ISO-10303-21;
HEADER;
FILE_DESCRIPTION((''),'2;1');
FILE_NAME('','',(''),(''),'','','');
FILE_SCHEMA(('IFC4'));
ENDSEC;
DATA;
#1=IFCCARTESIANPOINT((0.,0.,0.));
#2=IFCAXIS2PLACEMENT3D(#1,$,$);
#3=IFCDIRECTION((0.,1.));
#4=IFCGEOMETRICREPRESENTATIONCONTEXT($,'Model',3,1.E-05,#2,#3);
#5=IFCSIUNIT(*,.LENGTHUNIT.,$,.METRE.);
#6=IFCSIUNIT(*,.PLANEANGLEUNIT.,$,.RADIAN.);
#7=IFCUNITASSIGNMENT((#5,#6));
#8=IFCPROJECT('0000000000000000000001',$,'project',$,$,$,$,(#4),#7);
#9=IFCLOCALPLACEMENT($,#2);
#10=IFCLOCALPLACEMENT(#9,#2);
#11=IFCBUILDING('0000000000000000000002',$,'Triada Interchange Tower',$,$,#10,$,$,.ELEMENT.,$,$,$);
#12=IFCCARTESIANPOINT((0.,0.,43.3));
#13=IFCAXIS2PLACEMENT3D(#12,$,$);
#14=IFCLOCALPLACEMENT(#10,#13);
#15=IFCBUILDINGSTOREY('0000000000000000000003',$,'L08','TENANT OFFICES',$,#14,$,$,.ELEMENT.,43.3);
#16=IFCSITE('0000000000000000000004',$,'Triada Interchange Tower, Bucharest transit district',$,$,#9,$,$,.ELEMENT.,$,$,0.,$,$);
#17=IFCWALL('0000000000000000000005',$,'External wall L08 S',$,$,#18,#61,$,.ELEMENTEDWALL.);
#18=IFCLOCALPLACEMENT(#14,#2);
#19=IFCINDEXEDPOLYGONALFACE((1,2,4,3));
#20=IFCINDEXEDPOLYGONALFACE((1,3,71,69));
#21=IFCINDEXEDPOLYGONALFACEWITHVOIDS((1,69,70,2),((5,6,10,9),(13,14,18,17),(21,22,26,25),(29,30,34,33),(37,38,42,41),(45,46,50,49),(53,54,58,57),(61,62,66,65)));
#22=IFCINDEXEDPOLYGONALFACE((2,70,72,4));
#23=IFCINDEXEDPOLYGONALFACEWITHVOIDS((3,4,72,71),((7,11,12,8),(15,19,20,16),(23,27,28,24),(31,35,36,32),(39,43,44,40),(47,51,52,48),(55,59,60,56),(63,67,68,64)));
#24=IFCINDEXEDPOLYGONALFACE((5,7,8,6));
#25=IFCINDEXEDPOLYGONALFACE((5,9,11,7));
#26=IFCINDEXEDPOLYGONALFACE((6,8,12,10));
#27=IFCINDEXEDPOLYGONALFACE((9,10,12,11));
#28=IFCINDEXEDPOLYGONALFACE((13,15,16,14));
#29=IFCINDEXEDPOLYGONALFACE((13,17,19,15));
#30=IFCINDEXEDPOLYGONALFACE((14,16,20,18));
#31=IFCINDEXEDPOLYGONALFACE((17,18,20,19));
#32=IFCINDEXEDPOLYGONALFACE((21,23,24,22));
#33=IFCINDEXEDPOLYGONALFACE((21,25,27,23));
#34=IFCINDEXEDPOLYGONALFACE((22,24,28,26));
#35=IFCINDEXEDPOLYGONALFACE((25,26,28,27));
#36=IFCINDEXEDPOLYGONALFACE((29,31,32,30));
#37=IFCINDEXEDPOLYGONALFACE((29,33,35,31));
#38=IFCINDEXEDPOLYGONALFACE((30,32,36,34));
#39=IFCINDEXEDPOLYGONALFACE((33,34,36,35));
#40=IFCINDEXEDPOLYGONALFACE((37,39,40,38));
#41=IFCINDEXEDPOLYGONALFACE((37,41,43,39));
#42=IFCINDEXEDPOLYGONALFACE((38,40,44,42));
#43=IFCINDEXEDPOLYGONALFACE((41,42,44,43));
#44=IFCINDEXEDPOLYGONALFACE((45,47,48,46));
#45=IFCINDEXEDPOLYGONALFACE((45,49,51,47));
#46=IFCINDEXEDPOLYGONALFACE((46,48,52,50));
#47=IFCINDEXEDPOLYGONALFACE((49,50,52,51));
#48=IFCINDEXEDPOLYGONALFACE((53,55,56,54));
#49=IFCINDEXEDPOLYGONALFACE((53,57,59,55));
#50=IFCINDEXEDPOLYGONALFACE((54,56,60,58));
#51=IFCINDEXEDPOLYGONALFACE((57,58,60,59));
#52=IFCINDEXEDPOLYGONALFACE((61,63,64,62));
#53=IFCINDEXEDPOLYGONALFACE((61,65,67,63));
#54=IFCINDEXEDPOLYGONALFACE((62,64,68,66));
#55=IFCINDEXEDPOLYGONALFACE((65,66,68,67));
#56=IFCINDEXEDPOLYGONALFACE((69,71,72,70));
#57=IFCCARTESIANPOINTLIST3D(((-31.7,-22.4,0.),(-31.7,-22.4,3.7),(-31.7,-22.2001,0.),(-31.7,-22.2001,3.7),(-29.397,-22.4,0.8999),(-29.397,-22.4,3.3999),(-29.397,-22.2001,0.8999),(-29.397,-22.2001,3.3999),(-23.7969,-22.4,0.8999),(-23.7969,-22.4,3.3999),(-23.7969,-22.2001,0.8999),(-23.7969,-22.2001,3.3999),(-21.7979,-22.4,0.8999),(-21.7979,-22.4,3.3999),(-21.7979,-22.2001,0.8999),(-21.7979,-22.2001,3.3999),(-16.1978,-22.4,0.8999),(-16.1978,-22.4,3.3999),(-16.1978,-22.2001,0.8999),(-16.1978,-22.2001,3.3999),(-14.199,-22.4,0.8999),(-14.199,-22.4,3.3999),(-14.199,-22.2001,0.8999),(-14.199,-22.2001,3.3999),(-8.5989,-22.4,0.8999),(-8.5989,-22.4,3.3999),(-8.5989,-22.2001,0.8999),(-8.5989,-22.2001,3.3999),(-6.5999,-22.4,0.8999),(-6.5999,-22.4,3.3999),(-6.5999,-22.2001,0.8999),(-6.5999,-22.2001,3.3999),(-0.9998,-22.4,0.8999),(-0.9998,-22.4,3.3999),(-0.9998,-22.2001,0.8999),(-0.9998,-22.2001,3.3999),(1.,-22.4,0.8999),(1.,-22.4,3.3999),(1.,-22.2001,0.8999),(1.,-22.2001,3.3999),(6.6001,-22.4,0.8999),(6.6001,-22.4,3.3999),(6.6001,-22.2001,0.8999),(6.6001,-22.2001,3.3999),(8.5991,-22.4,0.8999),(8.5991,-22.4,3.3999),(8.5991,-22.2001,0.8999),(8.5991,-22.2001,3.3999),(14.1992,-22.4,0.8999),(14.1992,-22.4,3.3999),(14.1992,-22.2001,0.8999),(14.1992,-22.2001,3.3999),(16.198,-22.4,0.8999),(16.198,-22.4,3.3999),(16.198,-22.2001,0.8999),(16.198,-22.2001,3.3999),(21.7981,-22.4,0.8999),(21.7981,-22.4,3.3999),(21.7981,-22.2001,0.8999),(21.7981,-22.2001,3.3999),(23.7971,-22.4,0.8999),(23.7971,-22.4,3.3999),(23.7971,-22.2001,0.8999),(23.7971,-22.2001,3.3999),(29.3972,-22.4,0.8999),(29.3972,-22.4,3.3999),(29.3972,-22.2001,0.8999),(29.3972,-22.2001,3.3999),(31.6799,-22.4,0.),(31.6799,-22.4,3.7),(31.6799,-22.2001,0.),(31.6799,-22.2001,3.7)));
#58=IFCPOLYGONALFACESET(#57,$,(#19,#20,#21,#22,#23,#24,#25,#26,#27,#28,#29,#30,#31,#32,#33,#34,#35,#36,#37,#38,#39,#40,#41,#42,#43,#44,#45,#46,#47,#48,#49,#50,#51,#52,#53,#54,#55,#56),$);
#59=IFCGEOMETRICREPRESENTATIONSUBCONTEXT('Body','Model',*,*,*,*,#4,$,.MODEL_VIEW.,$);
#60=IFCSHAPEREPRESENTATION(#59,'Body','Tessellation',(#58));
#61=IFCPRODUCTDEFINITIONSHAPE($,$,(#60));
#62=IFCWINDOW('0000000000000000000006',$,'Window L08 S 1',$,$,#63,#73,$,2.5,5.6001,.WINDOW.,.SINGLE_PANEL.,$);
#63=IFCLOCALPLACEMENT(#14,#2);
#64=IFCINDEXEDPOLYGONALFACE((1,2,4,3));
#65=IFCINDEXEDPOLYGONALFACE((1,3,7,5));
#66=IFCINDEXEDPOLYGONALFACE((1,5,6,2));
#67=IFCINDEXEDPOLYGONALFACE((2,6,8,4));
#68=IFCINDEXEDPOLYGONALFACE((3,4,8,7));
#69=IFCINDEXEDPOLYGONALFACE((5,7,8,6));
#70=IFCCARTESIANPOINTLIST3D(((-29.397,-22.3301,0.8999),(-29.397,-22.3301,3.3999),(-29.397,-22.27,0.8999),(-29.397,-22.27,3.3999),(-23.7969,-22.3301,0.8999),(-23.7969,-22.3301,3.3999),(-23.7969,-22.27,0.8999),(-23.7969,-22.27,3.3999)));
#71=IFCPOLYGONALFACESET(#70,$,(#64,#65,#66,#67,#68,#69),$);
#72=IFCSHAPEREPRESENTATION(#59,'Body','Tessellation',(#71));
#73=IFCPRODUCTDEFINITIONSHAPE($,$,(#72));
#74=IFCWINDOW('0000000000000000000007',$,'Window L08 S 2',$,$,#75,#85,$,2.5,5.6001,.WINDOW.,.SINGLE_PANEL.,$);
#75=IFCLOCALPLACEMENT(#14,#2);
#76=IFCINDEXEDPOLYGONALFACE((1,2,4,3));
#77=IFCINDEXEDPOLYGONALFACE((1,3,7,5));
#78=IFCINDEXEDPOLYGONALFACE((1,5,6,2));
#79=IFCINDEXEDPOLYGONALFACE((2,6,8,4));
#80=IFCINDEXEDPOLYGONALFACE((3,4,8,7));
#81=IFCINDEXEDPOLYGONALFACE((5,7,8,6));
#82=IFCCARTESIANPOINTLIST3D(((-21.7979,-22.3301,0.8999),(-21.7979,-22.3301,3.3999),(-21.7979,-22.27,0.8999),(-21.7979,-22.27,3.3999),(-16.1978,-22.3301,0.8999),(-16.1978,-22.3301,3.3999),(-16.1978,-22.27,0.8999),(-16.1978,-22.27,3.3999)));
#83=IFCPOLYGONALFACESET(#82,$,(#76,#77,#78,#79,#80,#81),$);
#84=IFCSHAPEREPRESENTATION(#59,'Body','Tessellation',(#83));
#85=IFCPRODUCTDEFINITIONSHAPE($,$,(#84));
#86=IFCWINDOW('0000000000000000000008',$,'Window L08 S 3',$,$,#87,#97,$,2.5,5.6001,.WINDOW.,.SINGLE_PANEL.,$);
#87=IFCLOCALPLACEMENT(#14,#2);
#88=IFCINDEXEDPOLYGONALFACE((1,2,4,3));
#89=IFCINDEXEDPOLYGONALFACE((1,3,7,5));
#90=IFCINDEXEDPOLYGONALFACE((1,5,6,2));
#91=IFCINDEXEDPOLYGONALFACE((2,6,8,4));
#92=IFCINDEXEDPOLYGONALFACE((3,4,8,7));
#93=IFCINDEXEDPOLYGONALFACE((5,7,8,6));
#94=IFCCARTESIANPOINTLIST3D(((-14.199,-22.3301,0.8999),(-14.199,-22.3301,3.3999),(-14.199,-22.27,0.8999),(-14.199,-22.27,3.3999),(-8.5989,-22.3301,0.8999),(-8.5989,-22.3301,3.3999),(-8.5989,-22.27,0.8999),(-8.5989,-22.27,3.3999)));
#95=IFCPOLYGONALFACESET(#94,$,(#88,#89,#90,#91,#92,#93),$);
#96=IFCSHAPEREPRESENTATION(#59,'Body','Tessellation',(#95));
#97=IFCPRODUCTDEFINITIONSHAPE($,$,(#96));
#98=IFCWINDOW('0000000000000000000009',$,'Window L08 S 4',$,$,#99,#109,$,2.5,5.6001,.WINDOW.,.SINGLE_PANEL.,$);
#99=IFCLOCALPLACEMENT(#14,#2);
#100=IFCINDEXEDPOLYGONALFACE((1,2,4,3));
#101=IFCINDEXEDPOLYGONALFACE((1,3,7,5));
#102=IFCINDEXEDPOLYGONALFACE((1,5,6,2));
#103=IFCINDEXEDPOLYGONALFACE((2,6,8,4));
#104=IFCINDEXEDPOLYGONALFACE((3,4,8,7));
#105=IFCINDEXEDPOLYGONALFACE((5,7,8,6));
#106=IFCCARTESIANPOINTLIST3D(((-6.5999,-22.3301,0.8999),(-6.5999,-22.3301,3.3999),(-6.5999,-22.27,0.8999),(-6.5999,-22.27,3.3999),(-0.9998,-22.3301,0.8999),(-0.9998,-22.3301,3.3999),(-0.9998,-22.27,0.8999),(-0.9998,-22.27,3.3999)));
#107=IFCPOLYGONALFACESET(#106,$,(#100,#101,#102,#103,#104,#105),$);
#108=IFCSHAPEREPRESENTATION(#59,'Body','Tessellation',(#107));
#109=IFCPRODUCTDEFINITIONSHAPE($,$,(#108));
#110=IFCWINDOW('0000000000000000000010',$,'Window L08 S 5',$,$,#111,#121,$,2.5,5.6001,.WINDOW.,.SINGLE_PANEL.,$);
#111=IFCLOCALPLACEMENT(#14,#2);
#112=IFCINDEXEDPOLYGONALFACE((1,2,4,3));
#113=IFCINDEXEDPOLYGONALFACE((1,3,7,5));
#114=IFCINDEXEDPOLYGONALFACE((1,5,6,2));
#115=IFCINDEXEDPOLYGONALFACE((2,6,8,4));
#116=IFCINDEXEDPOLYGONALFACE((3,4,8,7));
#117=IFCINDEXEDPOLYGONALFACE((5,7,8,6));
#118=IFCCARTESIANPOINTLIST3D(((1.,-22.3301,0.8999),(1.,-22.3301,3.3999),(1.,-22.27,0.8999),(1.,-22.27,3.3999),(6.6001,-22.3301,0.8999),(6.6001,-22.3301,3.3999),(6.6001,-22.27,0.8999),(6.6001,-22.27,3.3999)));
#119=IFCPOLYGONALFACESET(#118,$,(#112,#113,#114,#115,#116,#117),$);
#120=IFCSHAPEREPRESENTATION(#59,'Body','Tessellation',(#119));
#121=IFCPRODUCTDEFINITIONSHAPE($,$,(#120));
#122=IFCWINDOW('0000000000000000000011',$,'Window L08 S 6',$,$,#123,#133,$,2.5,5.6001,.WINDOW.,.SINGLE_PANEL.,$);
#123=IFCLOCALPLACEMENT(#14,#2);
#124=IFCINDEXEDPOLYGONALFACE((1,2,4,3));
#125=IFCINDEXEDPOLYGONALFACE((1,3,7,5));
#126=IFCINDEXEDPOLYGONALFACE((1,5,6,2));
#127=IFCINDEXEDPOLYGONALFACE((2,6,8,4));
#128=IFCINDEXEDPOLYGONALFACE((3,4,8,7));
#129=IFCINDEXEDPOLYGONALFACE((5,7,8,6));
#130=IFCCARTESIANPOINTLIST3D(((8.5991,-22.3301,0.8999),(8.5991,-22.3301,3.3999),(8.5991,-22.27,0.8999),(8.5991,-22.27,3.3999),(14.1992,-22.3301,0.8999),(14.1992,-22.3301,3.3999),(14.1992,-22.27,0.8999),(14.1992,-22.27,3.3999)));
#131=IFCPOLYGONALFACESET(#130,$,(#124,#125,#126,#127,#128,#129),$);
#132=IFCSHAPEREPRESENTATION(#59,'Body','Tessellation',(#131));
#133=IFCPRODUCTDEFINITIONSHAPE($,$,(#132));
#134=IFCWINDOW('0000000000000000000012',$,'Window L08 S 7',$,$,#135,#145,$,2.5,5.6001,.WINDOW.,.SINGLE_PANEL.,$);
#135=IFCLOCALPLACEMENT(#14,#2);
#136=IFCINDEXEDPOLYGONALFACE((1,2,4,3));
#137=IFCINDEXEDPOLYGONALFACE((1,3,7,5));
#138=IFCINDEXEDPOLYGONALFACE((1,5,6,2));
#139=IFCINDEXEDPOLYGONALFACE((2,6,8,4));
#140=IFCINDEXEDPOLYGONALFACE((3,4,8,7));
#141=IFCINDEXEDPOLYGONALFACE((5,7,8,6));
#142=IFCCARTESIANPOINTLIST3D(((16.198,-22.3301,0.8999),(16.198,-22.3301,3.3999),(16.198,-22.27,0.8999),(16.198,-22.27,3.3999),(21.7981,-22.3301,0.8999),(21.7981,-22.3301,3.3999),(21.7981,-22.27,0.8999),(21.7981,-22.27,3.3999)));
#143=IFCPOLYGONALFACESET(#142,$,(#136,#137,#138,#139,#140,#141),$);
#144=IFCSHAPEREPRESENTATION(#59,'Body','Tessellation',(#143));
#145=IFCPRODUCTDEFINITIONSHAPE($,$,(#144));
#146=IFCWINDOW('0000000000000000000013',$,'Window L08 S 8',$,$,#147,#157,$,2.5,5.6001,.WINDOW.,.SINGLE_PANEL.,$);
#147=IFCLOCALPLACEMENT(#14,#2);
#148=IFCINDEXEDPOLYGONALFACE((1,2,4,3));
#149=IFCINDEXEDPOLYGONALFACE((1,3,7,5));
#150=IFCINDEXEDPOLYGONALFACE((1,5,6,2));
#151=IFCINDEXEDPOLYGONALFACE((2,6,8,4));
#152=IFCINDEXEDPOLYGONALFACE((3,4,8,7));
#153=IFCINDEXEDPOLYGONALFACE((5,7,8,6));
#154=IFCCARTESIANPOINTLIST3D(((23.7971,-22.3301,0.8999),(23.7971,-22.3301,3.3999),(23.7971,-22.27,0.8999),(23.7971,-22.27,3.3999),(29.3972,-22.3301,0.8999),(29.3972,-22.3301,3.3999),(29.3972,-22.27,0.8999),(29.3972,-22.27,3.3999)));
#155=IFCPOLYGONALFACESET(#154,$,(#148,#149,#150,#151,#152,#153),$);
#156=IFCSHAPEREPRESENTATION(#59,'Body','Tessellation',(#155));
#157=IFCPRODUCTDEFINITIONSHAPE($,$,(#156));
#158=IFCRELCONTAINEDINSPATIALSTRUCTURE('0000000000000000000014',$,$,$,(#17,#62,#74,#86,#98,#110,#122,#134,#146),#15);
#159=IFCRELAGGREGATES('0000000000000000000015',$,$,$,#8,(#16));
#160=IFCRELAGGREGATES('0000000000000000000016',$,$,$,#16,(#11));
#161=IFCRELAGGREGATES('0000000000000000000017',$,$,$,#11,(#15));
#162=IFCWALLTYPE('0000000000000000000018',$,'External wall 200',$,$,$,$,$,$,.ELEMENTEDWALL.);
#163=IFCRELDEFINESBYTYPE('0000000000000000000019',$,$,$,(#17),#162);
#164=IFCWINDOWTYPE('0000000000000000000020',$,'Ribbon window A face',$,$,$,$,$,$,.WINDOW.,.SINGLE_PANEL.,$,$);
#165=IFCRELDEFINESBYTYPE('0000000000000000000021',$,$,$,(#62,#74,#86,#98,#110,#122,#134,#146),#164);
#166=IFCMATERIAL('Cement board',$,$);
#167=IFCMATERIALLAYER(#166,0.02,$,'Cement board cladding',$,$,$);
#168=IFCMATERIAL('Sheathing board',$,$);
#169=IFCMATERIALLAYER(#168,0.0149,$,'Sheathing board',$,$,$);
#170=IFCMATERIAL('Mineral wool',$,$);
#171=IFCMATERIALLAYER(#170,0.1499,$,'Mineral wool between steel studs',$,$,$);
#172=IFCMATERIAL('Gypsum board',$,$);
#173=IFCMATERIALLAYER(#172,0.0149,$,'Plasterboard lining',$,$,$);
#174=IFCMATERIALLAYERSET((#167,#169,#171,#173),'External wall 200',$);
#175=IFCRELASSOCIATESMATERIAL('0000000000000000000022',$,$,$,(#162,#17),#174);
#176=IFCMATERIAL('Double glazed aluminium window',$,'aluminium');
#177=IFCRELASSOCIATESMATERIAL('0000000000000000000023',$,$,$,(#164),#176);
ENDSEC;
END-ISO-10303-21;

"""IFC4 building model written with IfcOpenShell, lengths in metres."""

from ifc_helpers import new_model, si_unit, direction, frame, frame_2d, origin, place, context, subcontext, project, spatial, rectangle, extrude, material, layer, layer_set, layer_usage, type_object, element, fill, save


model = new_model("IFC4")

# Units and contexts
model_context = context("Model", 3, precision=1e-05, world=origin(), true_north=direction((0.0, 1.0)))
body_context = subcontext(model_context, "Body", "Model", "MODEL_VIEW")
ifc_project = project(units=[si_unit("LENGTHUNIT", "METRE"), si_unit("PLANEANGLEUNIT", "RADIAN")], contexts=[model_context])

# Site, building, storey
site_placement = place(None, origin())
site = spatial("IfcSite", under=ifc_project, at=site_placement, Name="Triada Interchange Tower, Bucharest transit district", CompositionType="ELEMENT", RefElevation=0.0)
building_placement = place(site_placement, origin())
building = spatial("IfcBuilding", under=site, at=building_placement, Name="Triada Interchange Tower", CompositionType="ELEMENT")
storey_placement = place(building_placement, frame((0.0, 0.0, 43.3)))
storey = spatial("IfcBuildingStorey", under=building, at=storey_placement, Name="L08", Description="TENANT OFFICES", CompositionType="ELEMENT", Elevation=43.3)

# Shared definitions
ifc_material_1 = material(Name="Cement board")
ifc_layer_1 = layer(ifc_material_1, 0.02, Name="Cement board cladding")
ifc_material_2 = material(Name="Sheathing board")
ifc_layer_2 = layer(ifc_material_2, 0.0149, Name="Sheathing board")
ifc_material_3 = material(Name="Mineral wool")
ifc_layer_3 = layer(ifc_material_3, 0.1499, Name="Mineral wool between steel studs")
ifc_material_4 = material(Name="Gypsum board")
ifc_layer_4 = layer(ifc_material_4, 0.0149, Name="Plasterboard lining")
ifc_layer_set_1 = layer_set([ifc_layer_1, ifc_layer_2, ifc_layer_3, ifc_layer_4], Name="External wall 200")
ifc_layer_usage = layer_usage(ifc_layer_set_1, "AXIS2", "POSITIVE", -0.1001)
wall_type_1 = type_object("IfcWallType", Name="External wall 200", PredefinedType="ELEMENTEDWALL", material=ifc_layer_set_1)
ifc_material_5 = material(Name="Double glazed aluminium window", Category="aluminium")

# Wall, openings, windows
wall_1_placement = place(storey_placement, frame((-31.7, -22.3, 0.0), z_axis=(0.0, 0.0, 1.0), x_axis=(1.0, 0.0, 0.0)))
wall_1 = element("IfcWall", 1, at=wall_1_placement, inside=storey, type_object=wall_type_1, material=ifc_layer_usage, Name="External wall L08 S", PredefinedType="ELEMENTEDWALL", context=body_context, shape_type="SweptSolid", body=[
    extrude(rectangle(XDim=63.3799, YDim=0.2, at=frame_2d((31.6899, 0.0))), origin(), (0.0, 0.0, 1.0), 3.7),
])
opening_1_placement = place(wall_1_placement, frame((2.303, 0.0, 0.8999)))
opening_1 = element("IfcOpeningElement", 2, at=opening_1_placement, cuts=wall_1, PredefinedType="OPENING", context=body_context, shape_type="SweptSolid", body=[
    extrude(rectangle(XDim=5.6001, YDim=2.5, at=frame_2d((2.8, 1.25))), frame((0.0, 0.1099, 0.0), z_axis=(0.0, -1.0, 0.0), x_axis=(1.0, 0.0, 0.0)), (0.0, 0.0, 1.0), 0.22),
])
opening_2_placement = place(wall_1_placement, frame((9.9021, 0.0, 0.8999)))
opening_2 = element("IfcOpeningElement", 3, at=opening_2_placement, cuts=wall_1, PredefinedType="OPENING", context=body_context, shape_type="SweptSolid", body=[
    extrude(rectangle(XDim=5.6001, YDim=2.5, at=frame_2d((2.8, 1.25))), frame((0.0, 0.1099, 0.0), z_axis=(0.0, -1.0, 0.0), x_axis=(1.0, 0.0, 0.0)), (0.0, 0.0, 1.0), 0.22),
])
opening_3_placement = place(wall_1_placement, frame((17.501, 0.0, 0.8999)))
opening_3 = element("IfcOpeningElement", 4, at=opening_3_placement, cuts=wall_1, PredefinedType="OPENING", context=body_context, shape_type="SweptSolid", body=[
    extrude(rectangle(XDim=5.6001, YDim=2.5, at=frame_2d((2.8, 1.25))), frame((0.0, 0.1099, 0.0), z_axis=(0.0, -1.0, 0.0), x_axis=(1.0, 0.0, 0.0)), (0.0, 0.0, 1.0), 0.22),
])
opening_4_placement = place(wall_1_placement, frame((25.1001, 0.0, 0.8999)))
opening_4 = element("IfcOpeningElement", 5, at=opening_4_placement, cuts=wall_1, PredefinedType="OPENING", context=body_context, shape_type="SweptSolid", body=[
    extrude(rectangle(XDim=5.6001, YDim=2.5, at=frame_2d((2.8, 1.25))), frame((0.0, 0.1099, 0.0), z_axis=(0.0, -1.0, 0.0), x_axis=(1.0, 0.0, 0.0)), (0.0, 0.0, 1.0), 0.22),
])
opening_5_placement = place(wall_1_placement, frame((32.7, 0.0, 0.8999)))
opening_5 = element("IfcOpeningElement", 6, at=opening_5_placement, cuts=wall_1, PredefinedType="OPENING", context=body_context, shape_type="SweptSolid", body=[
    extrude(rectangle(XDim=5.6001, YDim=2.5, at=frame_2d((2.8, 1.25))), frame((0.0, 0.1099, 0.0), z_axis=(0.0, -1.0, 0.0), x_axis=(1.0, 0.0, 0.0)), (0.0, 0.0, 1.0), 0.22),
])
opening_6_placement = place(wall_1_placement, frame((40.2991, 0.0, 0.8999)))
opening_6 = element("IfcOpeningElement", 7, at=opening_6_placement, cuts=wall_1, PredefinedType="OPENING", context=body_context, shape_type="SweptSolid", body=[
    extrude(rectangle(XDim=5.6001, YDim=2.5, at=frame_2d((2.8, 1.25))), frame((0.0, 0.1099, 0.0), z_axis=(0.0, -1.0, 0.0), x_axis=(1.0, 0.0, 0.0)), (0.0, 0.0, 1.0), 0.22),
])
opening_7_placement = place(wall_1_placement, frame((47.8979, 0.0, 0.8999)))
opening_7 = element("IfcOpeningElement", 8, at=opening_7_placement, cuts=wall_1, PredefinedType="OPENING", context=body_context, shape_type="SweptSolid", body=[
    extrude(rectangle(XDim=5.6001, YDim=2.5, at=frame_2d((2.8, 1.25))), frame((0.0, 0.1099, 0.0), z_axis=(0.0, -1.0, 0.0), x_axis=(1.0, 0.0, 0.0)), (0.0, 0.0, 1.0), 0.22),
])
opening_8_placement = place(wall_1_placement, frame((55.4971, 0.0, 0.8999)))
opening_8 = element("IfcOpeningElement", 9, at=opening_8_placement, cuts=wall_1, PredefinedType="OPENING", context=body_context, shape_type="SweptSolid", body=[
    extrude(rectangle(XDim=5.6001, YDim=2.5, at=frame_2d((2.8, 1.25))), frame((0.0, 0.1099, 0.0), z_axis=(0.0, -1.0, 0.0), x_axis=(1.0, 0.0, 0.0)), (0.0, 0.0, 1.0), 0.22),
])
window_type_1 = type_object("IfcWindowType", Name="Ribbon window A face", PartitioningType="SINGLE_PANEL", PredefinedType="WINDOW", material=ifc_material_5)
window_1_placement = place(opening_1_placement, origin())
window_1 = element("IfcWindow", 10, at=window_1_placement, inside=storey, type_object=window_type_1, Name="Window L08 S 1", OverallHeight=2.5, OverallWidth=5.6001, PartitioningType="SINGLE_PANEL", PredefinedType="WINDOW", context=body_context, shape_type="SweptSolid", body=[
    extrude(rectangle(XDim=5.6001, YDim=2.5, at=frame_2d((2.8, 1.25))), frame((0.0, 0.03, 0.0), z_axis=(0.0, -1.0, 0.0), x_axis=(1.0, 0.0, 0.0)), (0.0, 0.0, 1.0), 0.0601),
])
fill(opening_1, window_1)
window_2_placement = place(opening_2_placement, origin())
window_2 = element("IfcWindow", 11, at=window_2_placement, inside=storey, type_object=window_type_1, Name="Window L08 S 2", OverallHeight=2.5, OverallWidth=5.6001, PartitioningType="SINGLE_PANEL", PredefinedType="WINDOW", context=body_context, shape_type="SweptSolid", body=[
    extrude(rectangle(XDim=5.6001, YDim=2.5, at=frame_2d((2.8, 1.25))), frame((0.0, 0.03, 0.0), z_axis=(0.0, -1.0, 0.0), x_axis=(1.0, 0.0, 0.0)), (0.0, 0.0, 1.0), 0.0601),
])
fill(opening_2, window_2)
window_3_placement = place(opening_3_placement, origin())
window_3 = element("IfcWindow", 12, at=window_3_placement, inside=storey, type_object=window_type_1, Name="Window L08 S 3", OverallHeight=2.5, OverallWidth=5.6001, PartitioningType="SINGLE_PANEL", PredefinedType="WINDOW", context=body_context, shape_type="SweptSolid", body=[
    extrude(rectangle(XDim=5.6001, YDim=2.5, at=frame_2d((2.8, 1.25))), frame((0.0, 0.03, 0.0), z_axis=(0.0, -1.0, 0.0), x_axis=(1.0, 0.0, 0.0)), (0.0, 0.0, 1.0), 0.0601),
])
fill(opening_3, window_3)
window_4_placement = place(opening_4_placement, origin())
window_4 = element("IfcWindow", 13, at=window_4_placement, inside=storey, type_object=window_type_1, Name="Window L08 S 4", OverallHeight=2.5, OverallWidth=5.6001, PartitioningType="SINGLE_PANEL", PredefinedType="WINDOW", context=body_context, shape_type="SweptSolid", body=[
    extrude(rectangle(XDim=5.6001, YDim=2.5, at=frame_2d((2.8, 1.25))), frame((0.0, 0.03, 0.0), z_axis=(0.0, -1.0, 0.0), x_axis=(1.0, 0.0, 0.0)), (0.0, 0.0, 1.0), 0.0601),
])
fill(opening_4, window_4)
window_5_placement = place(opening_5_placement, origin())
window_5 = element("IfcWindow", 14, at=window_5_placement, inside=storey, type_object=window_type_1, Name="Window L08 S 5", OverallHeight=2.5, OverallWidth=5.6001, PartitioningType="SINGLE_PANEL", PredefinedType="WINDOW", context=body_context, shape_type="SweptSolid", body=[
    extrude(rectangle(XDim=5.6001, YDim=2.5, at=frame_2d((2.8, 1.25))), frame((0.0, 0.03, 0.0), z_axis=(0.0, -1.0, 0.0), x_axis=(1.0, 0.0, 0.0)), (0.0, 0.0, 1.0), 0.0601),
])
fill(opening_5, window_5)
window_6_placement = place(opening_6_placement, origin())
window_6 = element("IfcWindow", 15, at=window_6_placement, inside=storey, type_object=window_type_1, Name="Window L08 S 6", OverallHeight=2.5, OverallWidth=5.6001, PartitioningType="SINGLE_PANEL", PredefinedType="WINDOW", context=body_context, shape_type="SweptSolid", body=[
    extrude(rectangle(XDim=5.6001, YDim=2.5, at=frame_2d((2.8, 1.25))), frame((0.0, 0.03, 0.0), z_axis=(0.0, -1.0, 0.0), x_axis=(1.0, 0.0, 0.0)), (0.0, 0.0, 1.0), 0.0601),
])
fill(opening_6, window_6)
window_7_placement = place(opening_7_placement, origin())
window_7 = element("IfcWindow", 16, at=window_7_placement, inside=storey, type_object=window_type_1, Name="Window L08 S 7", OverallHeight=2.5, OverallWidth=5.6001, PartitioningType="SINGLE_PANEL", PredefinedType="WINDOW", context=body_context, shape_type="SweptSolid", body=[
    extrude(rectangle(XDim=5.6001, YDim=2.5, at=frame_2d((2.8, 1.25))), frame((0.0, 0.03, 0.0), z_axis=(0.0, -1.0, 0.0), x_axis=(1.0, 0.0, 0.0)), (0.0, 0.0, 1.0), 0.0601),
])
fill(opening_7, window_7)
window_8_placement = place(opening_8_placement, origin())
window_8 = element("IfcWindow", 17, at=window_8_placement, inside=storey, type_object=window_type_1, Name="Window L08 S 8", OverallHeight=2.5, OverallWidth=5.6001, PartitioningType="SINGLE_PANEL", PredefinedType="WINDOW", context=body_context, shape_type="SweptSolid", body=[
    extrude(rectangle(XDim=5.6001, YDim=2.5, at=frame_2d((2.8, 1.25))), frame((0.0, 0.03, 0.0), z_axis=(0.0, -1.0, 0.0), x_axis=(1.0, 0.0, 0.0)), (0.0, 0.0, 1.0), 0.0601),
])
fill(opening_8, window_8)

save(model, "model.ifc")
